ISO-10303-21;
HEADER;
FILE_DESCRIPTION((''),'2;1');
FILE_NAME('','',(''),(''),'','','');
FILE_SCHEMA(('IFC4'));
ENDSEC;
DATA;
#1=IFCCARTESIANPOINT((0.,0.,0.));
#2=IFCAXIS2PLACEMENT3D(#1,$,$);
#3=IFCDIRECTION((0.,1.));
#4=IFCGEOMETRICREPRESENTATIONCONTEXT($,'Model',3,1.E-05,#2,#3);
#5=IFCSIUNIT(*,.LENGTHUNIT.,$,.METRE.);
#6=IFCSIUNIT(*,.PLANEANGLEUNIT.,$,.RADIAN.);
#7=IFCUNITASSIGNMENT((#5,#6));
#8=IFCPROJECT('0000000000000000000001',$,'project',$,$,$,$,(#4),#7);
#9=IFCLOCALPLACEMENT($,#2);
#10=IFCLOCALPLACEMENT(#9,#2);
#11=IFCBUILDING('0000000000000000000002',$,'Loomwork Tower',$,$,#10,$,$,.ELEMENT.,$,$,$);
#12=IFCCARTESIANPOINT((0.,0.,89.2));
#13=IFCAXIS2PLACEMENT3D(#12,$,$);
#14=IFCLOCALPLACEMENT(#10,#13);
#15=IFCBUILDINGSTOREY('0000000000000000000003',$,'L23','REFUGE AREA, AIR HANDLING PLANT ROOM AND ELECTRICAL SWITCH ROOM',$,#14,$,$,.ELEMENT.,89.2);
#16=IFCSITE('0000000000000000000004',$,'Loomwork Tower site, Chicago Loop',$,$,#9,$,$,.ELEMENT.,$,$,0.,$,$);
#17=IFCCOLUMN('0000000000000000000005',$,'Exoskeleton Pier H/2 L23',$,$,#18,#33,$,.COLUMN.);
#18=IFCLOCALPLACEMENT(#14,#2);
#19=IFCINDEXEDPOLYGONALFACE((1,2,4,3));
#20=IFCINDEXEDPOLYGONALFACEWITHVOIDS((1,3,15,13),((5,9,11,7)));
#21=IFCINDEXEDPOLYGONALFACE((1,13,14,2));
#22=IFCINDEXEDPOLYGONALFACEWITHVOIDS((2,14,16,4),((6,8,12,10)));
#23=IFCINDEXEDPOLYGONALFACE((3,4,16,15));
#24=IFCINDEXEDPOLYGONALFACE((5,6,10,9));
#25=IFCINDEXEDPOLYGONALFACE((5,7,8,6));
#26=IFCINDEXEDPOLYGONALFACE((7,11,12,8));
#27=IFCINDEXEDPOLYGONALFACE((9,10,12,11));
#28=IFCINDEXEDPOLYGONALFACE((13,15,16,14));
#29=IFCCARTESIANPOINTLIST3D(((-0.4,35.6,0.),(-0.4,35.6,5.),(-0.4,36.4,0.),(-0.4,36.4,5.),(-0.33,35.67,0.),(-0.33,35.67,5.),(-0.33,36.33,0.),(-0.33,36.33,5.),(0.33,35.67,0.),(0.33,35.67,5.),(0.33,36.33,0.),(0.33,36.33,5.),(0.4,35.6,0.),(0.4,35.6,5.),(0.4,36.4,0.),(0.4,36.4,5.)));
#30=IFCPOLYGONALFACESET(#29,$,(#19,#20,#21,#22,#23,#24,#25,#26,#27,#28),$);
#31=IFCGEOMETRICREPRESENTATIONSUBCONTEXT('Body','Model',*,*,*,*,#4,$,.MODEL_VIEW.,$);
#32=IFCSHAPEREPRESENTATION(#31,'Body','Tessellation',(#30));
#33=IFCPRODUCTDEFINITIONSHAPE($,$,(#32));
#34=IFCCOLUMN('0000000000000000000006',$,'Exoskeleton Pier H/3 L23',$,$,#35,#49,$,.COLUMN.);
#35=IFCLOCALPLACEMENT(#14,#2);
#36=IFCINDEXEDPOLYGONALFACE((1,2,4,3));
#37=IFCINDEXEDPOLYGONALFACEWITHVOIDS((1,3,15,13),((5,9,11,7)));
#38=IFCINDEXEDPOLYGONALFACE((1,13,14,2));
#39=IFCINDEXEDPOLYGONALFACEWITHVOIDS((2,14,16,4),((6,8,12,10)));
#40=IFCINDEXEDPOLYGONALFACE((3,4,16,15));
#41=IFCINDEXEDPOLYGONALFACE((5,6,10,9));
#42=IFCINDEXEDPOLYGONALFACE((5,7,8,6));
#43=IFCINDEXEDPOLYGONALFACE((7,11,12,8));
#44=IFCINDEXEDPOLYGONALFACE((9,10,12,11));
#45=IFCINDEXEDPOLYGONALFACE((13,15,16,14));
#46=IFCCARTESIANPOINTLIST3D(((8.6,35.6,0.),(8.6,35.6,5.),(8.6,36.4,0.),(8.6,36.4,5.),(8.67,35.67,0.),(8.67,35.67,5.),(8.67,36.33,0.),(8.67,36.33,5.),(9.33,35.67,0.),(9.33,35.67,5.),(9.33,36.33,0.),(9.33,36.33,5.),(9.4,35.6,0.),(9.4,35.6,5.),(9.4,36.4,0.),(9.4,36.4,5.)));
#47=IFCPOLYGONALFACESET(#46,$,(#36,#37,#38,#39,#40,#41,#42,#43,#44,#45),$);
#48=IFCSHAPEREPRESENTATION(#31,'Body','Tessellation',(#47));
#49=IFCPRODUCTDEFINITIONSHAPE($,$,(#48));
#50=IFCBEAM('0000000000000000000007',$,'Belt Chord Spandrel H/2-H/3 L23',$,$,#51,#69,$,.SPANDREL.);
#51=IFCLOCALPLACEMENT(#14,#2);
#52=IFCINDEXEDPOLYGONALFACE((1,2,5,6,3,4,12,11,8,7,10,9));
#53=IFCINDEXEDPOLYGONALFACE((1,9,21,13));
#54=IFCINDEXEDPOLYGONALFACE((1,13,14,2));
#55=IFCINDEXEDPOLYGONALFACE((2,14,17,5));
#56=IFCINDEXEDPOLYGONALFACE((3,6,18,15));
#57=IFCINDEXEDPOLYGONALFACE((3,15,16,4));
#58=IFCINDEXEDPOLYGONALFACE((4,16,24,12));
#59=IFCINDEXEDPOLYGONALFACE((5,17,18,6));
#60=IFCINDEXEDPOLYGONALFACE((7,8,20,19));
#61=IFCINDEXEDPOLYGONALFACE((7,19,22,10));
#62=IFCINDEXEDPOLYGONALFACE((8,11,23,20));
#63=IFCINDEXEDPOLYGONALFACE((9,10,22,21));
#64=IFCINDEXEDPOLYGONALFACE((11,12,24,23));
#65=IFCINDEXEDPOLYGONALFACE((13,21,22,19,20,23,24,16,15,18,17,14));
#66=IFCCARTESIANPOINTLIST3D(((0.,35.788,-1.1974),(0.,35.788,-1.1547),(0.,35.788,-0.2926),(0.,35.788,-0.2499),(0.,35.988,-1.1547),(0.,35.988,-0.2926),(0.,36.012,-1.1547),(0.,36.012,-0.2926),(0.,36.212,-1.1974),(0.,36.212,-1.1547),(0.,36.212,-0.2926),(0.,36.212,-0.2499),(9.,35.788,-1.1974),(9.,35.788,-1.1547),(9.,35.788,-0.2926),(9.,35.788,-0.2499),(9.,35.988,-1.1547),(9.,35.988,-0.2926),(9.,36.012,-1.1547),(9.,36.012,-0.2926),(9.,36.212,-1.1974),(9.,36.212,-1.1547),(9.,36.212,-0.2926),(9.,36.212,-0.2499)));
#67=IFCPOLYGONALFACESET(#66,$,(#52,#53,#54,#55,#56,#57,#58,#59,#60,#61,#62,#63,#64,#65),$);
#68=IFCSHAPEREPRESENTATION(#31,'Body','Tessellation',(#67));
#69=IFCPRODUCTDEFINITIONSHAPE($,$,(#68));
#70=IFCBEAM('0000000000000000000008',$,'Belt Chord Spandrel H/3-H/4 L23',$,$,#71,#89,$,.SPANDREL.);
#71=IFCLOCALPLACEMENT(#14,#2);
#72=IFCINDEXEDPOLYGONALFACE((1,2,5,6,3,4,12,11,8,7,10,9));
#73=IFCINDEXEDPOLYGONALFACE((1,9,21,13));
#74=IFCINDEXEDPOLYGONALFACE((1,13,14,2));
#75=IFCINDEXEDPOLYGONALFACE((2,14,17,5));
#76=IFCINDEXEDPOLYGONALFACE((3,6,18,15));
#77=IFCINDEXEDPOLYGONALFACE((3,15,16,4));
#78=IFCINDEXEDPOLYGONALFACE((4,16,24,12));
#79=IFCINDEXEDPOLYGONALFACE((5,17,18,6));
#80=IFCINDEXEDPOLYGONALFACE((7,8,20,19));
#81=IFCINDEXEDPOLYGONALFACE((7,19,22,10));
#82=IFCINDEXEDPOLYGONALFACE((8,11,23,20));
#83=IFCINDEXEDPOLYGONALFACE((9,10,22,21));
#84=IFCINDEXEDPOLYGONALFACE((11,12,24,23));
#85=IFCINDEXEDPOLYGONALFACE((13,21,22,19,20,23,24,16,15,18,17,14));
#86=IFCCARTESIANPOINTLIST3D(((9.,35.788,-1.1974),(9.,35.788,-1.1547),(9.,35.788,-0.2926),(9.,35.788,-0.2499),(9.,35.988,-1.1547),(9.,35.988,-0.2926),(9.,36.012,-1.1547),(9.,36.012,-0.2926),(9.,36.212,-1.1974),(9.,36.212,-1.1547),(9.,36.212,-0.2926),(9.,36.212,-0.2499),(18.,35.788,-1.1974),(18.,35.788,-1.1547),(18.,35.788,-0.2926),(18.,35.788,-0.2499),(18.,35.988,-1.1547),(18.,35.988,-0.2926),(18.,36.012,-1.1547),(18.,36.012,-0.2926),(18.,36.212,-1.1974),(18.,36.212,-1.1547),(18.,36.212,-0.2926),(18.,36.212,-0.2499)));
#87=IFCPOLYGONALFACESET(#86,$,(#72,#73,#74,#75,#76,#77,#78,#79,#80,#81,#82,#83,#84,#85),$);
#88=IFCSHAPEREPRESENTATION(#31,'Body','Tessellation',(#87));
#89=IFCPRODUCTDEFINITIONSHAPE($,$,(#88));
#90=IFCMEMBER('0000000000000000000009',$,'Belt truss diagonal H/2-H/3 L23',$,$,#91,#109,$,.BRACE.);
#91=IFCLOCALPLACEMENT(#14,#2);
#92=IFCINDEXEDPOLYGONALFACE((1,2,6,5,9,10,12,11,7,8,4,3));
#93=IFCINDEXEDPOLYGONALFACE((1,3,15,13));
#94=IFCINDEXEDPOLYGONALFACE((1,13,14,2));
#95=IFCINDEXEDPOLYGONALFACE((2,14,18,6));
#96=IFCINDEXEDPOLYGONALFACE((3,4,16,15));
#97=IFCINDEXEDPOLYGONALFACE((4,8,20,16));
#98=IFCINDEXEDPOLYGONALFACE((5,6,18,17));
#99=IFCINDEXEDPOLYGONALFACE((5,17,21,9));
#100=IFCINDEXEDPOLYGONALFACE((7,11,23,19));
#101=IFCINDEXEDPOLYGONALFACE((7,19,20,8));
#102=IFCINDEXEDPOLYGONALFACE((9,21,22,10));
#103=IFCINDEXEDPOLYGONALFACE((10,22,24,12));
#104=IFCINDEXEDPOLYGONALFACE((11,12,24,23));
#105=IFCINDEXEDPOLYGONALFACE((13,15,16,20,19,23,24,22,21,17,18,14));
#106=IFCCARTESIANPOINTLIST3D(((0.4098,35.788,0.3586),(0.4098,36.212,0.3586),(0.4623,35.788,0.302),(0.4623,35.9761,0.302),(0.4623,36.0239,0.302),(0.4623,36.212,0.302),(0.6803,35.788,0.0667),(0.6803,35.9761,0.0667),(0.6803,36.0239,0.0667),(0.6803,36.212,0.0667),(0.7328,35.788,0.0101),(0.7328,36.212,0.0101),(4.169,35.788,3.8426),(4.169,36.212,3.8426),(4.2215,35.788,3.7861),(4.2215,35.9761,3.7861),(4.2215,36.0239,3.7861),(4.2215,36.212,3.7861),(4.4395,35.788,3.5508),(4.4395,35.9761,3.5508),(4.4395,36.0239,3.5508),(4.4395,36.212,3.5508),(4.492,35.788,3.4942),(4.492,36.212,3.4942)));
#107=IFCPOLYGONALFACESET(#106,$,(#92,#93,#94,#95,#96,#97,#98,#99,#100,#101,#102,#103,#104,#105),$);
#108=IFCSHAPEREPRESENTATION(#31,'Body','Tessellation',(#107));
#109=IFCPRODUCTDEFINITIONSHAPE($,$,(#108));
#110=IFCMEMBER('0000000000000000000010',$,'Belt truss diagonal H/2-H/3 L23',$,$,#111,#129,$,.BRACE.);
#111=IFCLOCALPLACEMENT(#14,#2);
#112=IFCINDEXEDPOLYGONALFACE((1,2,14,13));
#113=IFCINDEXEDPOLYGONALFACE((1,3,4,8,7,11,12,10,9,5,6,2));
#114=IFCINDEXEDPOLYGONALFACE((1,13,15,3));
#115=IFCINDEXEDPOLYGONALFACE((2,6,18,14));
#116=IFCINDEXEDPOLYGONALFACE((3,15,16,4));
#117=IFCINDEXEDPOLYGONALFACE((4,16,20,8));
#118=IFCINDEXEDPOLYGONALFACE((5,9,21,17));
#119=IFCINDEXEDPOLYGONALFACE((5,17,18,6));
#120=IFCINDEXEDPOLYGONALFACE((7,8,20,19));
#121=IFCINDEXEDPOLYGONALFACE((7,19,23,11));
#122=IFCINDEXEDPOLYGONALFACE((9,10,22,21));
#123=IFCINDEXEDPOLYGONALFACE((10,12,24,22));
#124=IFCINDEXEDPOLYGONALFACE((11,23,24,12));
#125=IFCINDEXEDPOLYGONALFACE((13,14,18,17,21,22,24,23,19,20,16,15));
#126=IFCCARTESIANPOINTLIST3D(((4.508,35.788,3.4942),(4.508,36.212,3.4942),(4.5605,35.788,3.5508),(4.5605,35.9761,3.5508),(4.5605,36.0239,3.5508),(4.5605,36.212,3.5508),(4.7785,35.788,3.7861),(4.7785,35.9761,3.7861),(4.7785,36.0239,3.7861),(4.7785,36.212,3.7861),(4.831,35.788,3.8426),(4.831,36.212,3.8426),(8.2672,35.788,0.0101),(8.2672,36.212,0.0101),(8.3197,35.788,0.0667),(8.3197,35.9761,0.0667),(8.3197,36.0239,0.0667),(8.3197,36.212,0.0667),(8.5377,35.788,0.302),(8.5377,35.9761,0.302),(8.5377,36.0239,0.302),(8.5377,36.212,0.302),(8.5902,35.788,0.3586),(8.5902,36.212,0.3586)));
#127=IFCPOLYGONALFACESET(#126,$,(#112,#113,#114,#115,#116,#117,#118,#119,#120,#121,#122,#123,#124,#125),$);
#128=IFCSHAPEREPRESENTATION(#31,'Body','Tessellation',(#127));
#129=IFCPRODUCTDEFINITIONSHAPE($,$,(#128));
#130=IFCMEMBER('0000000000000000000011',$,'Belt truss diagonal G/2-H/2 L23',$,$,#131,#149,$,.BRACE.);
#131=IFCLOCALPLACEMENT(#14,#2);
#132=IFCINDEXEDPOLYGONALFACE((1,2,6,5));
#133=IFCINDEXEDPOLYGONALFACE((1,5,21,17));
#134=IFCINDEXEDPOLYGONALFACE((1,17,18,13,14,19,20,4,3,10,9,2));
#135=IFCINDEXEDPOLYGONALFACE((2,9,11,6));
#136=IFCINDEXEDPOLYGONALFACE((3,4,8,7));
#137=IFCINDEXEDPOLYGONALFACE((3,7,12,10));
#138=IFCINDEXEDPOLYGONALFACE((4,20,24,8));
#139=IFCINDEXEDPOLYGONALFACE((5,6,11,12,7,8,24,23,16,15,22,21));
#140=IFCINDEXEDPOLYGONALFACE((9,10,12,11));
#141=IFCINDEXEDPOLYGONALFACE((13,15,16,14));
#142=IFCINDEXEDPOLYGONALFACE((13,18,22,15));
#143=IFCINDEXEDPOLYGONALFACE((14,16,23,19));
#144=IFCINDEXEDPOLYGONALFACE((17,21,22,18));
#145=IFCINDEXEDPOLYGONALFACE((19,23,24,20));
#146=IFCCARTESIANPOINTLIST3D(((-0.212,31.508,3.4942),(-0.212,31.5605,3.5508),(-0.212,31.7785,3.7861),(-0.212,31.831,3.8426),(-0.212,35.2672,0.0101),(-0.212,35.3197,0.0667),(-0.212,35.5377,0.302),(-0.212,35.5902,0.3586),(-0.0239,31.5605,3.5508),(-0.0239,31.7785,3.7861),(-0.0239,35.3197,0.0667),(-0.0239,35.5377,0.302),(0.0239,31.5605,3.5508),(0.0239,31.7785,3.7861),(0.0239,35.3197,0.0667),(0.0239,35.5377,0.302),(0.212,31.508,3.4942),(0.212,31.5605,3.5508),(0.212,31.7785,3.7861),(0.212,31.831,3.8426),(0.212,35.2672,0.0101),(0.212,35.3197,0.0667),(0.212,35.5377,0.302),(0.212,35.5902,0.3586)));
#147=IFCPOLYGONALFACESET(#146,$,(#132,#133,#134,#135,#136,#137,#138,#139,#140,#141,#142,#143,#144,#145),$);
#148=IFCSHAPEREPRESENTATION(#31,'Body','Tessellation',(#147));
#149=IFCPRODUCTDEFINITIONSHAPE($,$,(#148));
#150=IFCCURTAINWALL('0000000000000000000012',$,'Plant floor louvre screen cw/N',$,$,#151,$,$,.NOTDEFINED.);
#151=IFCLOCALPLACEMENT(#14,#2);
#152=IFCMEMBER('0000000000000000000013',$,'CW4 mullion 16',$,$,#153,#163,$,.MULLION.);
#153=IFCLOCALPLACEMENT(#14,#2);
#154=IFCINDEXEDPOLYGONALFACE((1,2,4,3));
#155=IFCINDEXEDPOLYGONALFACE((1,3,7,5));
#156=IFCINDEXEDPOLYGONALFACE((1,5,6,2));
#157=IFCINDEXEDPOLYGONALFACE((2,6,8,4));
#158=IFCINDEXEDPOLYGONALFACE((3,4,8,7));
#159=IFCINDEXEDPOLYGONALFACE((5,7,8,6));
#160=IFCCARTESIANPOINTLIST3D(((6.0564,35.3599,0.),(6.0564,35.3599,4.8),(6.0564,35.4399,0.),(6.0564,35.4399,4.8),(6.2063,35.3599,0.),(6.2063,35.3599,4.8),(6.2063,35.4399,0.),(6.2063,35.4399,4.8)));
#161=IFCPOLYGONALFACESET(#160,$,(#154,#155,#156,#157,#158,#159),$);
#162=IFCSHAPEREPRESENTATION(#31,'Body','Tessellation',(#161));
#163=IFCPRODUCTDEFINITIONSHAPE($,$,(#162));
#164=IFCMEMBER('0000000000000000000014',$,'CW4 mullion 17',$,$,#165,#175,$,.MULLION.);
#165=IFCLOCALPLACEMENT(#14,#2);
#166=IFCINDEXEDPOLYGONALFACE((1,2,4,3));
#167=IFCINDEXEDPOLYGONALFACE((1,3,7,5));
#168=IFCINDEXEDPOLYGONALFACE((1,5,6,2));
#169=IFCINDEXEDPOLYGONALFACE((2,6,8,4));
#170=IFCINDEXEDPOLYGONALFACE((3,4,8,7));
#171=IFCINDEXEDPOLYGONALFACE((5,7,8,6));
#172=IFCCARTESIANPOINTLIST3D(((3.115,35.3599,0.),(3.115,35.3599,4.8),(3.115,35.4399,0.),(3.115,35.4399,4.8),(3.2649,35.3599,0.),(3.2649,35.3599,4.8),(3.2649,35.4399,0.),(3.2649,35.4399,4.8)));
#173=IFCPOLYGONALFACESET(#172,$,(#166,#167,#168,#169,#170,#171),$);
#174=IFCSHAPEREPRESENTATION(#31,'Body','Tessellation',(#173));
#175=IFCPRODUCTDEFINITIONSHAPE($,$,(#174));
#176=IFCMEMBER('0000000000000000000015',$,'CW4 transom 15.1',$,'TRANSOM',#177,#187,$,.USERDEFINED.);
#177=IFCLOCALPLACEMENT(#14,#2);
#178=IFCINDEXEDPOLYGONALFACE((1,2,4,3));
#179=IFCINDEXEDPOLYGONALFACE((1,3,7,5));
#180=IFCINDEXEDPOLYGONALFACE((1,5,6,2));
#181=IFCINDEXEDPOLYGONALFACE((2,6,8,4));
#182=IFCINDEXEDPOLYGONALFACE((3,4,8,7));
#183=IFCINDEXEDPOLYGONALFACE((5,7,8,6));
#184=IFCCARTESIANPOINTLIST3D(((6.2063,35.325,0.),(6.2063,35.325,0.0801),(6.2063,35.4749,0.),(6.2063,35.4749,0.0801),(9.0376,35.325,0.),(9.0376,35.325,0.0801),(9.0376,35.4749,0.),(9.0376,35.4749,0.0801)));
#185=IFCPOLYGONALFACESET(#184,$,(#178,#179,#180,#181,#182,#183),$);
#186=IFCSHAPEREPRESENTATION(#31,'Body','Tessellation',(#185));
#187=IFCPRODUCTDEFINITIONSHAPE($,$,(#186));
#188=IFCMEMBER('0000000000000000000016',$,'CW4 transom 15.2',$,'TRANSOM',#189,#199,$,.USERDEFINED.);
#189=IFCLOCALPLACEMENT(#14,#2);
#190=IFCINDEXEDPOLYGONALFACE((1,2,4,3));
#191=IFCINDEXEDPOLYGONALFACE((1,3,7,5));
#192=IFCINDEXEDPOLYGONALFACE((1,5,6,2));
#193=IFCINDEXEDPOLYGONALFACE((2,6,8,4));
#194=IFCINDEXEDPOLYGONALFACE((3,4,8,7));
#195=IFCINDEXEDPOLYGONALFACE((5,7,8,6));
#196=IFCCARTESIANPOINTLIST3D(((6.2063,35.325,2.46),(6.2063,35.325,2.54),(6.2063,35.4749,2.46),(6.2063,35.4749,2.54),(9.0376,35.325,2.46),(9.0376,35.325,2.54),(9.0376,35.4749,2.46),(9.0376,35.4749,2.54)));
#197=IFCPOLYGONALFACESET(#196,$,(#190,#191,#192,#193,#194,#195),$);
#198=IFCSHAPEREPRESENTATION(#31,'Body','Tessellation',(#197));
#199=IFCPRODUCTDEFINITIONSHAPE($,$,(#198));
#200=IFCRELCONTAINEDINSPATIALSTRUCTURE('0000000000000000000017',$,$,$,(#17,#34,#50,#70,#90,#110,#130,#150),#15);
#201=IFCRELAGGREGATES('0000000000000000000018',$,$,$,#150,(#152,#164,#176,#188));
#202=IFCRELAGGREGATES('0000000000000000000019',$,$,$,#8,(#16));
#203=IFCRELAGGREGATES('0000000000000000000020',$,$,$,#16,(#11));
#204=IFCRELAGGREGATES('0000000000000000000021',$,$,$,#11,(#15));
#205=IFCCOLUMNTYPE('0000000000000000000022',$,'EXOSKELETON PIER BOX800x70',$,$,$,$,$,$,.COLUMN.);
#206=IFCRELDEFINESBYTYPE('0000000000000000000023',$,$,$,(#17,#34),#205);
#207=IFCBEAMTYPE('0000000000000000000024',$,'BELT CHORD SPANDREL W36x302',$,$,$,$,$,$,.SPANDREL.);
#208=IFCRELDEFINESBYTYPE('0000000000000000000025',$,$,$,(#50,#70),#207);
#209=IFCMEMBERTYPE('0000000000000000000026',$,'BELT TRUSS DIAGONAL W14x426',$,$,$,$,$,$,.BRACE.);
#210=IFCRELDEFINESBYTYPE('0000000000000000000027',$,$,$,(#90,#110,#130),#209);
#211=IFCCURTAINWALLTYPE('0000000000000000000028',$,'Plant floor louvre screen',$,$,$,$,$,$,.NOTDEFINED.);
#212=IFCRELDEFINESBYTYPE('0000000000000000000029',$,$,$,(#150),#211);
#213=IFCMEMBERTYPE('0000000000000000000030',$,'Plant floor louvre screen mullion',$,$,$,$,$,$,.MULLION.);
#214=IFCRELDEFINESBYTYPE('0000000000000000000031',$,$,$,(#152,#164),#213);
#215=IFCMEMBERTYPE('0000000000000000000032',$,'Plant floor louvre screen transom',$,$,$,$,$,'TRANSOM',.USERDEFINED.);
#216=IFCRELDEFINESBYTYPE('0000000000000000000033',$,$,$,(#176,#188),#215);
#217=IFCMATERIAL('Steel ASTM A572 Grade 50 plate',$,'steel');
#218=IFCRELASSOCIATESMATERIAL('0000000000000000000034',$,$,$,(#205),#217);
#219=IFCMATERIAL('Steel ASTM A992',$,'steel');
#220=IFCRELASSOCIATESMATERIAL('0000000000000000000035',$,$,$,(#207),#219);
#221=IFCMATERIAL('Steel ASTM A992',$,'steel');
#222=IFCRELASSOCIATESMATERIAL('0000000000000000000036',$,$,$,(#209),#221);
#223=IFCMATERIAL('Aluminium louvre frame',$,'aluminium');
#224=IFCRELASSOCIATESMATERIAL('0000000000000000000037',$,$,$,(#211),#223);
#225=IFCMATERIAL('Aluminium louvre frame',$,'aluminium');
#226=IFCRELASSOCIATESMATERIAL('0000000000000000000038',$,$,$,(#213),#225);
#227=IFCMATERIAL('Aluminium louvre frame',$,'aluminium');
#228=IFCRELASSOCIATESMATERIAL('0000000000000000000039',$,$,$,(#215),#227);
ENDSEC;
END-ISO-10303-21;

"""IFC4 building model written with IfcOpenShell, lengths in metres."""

from ifc_helpers import new_model, si_unit, direction, frame, origin, origin_2d, place, context, subcontext, project, spatial, rectangle, hollow_rectangle, i_section, extrude, material, material_profile, profile_set, type_object, element, aggregate, save


model = new_model("IFC4")

# Units and contexts
model_context = context("Model", 3, precision=1e-05, world=origin(), true_north=direction((0.0, 1.0)))
body_context = subcontext(model_context, "Body", "Model", "MODEL_VIEW")
ifc_project = project(units=[si_unit("LENGTHUNIT", "METRE"), si_unit("PLANEANGLEUNIT", "RADIAN")], contexts=[model_context])

# Site, building, storey
site_placement = place(None, origin())
site = spatial("IfcSite", under=ifc_project, at=site_placement, Name="Loomwork Tower site, Chicago Loop", CompositionType="ELEMENT", RefElevation=0.0)
building_placement = place(site_placement, origin())
building = spatial("IfcBuilding", under=site, at=building_placement, Name="Loomwork Tower", CompositionType="ELEMENT")
storey_placement = place(building_placement, frame((0.0, 0.0, 89.2)))
storey = spatial("IfcBuildingStorey", under=building, at=storey_placement, Name="L23", Description="REFUGE AREA, AIR HANDLING PLANT ROOM AND ELECTRICAL SWITCH ROOM", CompositionType="ELEMENT", Elevation=89.2)

# Columns
ifc_material_1 = material(Name="Steel ASTM A572 Grade 50 plate", Category="steel")
ifc_material_profile_1 = material_profile(ifc_material_1, hollow_rectangle(XDim=0.8, YDim=0.8, WallThickness=0.0701, at=origin_2d()), Name="BOX800x70")
ifc_profile_set_1 = profile_set([ifc_material_profile_1], Name="Steel ASTM A572 Grade 50 plate")
column_type = type_object("IfcColumnType", Name="EXOSKELETON PIER BOX800x70", PredefinedType="COLUMN", material=ifc_profile_set_1)
for number, where, z_axis, x_axis, name in (
    (1, (0.0, 36.0, 0.0), (0.0, 0.0, 1.0), (1.0, 0.0, 0.0), "Exoskeleton Pier H/2 L23"),
    (2, (9.0, 36.0, 0.0), (0.0, 0.0, 1.0), (1.0, 0.0, 0.0), "Exoskeleton Pier H/3 L23"),
):
    element("IfcColumn", number, at=place(storey_placement, frame(where, z_axis=z_axis, x_axis=x_axis)), inside=storey, type_object=column_type, Name=name, PredefinedType="COLUMN", context=body_context, shape_type="SweptSolid", body=[
        extrude(hollow_rectangle(XDim=0.8, YDim=0.8, WallThickness=0.0701, at=origin_2d()), origin(), (0.0, 0.0, 1.0), 5.0),
    ])

# Beams
ifc_material_2 = material(Name="Steel ASTM A992", Category="steel")
ifc_material_profile_2 = material_profile(ifc_material_2, i_section(OverallWidth=0.4241, OverallDepth=0.9475, WebThickness=0.0239, FlangeThickness=0.0427, at=origin_2d()), Name="W36x302")
ifc_profile_set_2 = profile_set([ifc_material_profile_2], Name="Steel ASTM A992")
beam_type = type_object("IfcBeamType", Name="BELT CHORD SPANDREL W36x302", PredefinedType="SPANDREL", material=ifc_profile_set_2)
for number, where, z_axis, x_axis, name in (
    (3, (0.0, 36.0, -0.7236), (1.0, 0.0, 0.0), (0.0, 1.0, 0.0), "Belt Chord Spandrel H/2-H/3 L23"),
    (4, (9.0, 36.0, -0.7236), (1.0, 0.0, 0.0), (0.0, 1.0, 0.0), "Belt Chord Spandrel H/3-H/4 L23"),
):
    element("IfcBeam", number, at=place(storey_placement, frame(where, z_axis=z_axis, x_axis=x_axis)), inside=storey, type_object=beam_type, Name=name, PredefinedType="SPANDREL", context=body_context, shape_type="SweptSolid", body=[
        extrude(i_section(OverallWidth=0.4241, OverallDepth=0.9475, WebThickness=0.0239, FlangeThickness=0.0427, at=origin_2d()), origin(), (0.0, 0.0, 1.0), 9.0),
    ])

# Members
ifc_material_3 = material(Name="Steel ASTM A992", Category="steel")
ifc_material_profile_3 = material_profile(ifc_material_3, i_section(OverallWidth=0.4241, OverallDepth=0.4751, WebThickness=0.0479, FlangeThickness=0.0771, at=origin_2d()), Name="W14x426")
ifc_profile_set_3 = profile_set([ifc_material_profile_3], Name="Steel ASTM A992")
member_type_1 = type_object("IfcMemberType", Name="BELT TRUSS DIAGONAL W14x426", PredefinedType="BRACE", material=ifc_profile_set_3)
for number, where, z_axis, x_axis, name in (
    (5, (0.5713, 36.0, 0.1843), (0.733438, 0.0, 0.679757), (0.0, 1.0, 0.0), "Belt truss diagonal H/2-H/3 L23"),
    (6, (8.4287, 36.0, 0.1843), (-0.733438, 0.0, 0.679757), (0.0, -1.0, 0.0), "Belt truss diagonal H/2-H/3 L23"),
    (7, (0.0, 35.4287, 0.1843), (0.0, -0.733438, 0.679757), (1.0, 0.0, 0.0), "Belt truss diagonal G/2-H/2 L23"),
):
    element("IfcMember", number, at=place(storey_placement, frame(where, z_axis=z_axis, x_axis=x_axis)), inside=storey, type_object=member_type_1, Name=name, PredefinedType="BRACE", context=body_context, shape_type="SweptSolid", body=[
        extrude(i_section(OverallWidth=0.4241, OverallDepth=0.4751, WebThickness=0.0479, FlangeThickness=0.0771, at=origin_2d()), origin(), (0.0, 0.0, 1.0), 5.1255),
    ])

# Curtain wall, members
ifc_material_4 = material(Name="Aluminium louvre frame", Category="aluminium")
curtain_wall_type = type_object("IfcCurtainWallType", Name="Plant floor louvre screen", PredefinedType="NOTDEFINED", material=ifc_material_4)
curtain_wall_placement = place(storey_placement, origin())
curtain_wall = element("IfcCurtainWall", 8, at=curtain_wall_placement, inside=storey, type_object=curtain_wall_type, Name="Plant floor louvre screen cw/N", PredefinedType="NOTDEFINED")
ifc_material_5 = material(Name="Aluminium louvre frame", Category="aluminium")
ifc_material_profile_4 = material_profile(ifc_material_5, rectangle(XDim=0.0801, YDim=0.1499, at=origin_2d()), Name="AL 80x150")
ifc_profile_set_4 = profile_set([ifc_material_profile_4], Name="Aluminium louvre frame")
member_type_2 = type_object("IfcMemberType", Name="Plant floor louvre screen mullion", PredefinedType="MULLION", material=ifc_profile_set_4)
member_1_placement = place(storey_placement, frame((6.1313, 35.3999, 0.0), z_axis=(0.0, 0.0, 1.0), x_axis=(0.0, -1.0, 0.0)))
member_1 = element("IfcMember", 9, at=member_1_placement, type_object=member_type_2, Name="CW4 mullion 16", PredefinedType="MULLION", context=body_context, shape_type="SweptSolid", body=[
    extrude(rectangle(XDim=0.0801, YDim=0.1499, at=origin_2d()), origin(), (0.0, 0.0, 1.0), 4.8),
])
member_2_placement = place(storey_placement, frame((3.1899, 35.3999, 0.0), z_axis=(0.0, 0.0, 1.0), x_axis=(0.0, -1.0, 0.0)))
member_2 = element("IfcMember", 10, at=member_2_placement, type_object=member_type_2, Name="CW4 mullion 17", PredefinedType="MULLION", context=body_context, shape_type="SweptSolid", body=[
    extrude(rectangle(XDim=0.0801, YDim=0.1499, at=origin_2d()), origin(), (0.0, 0.0, 1.0), 4.8),
])
ifc_material_6 = material(Name="Aluminium louvre frame", Category="aluminium")
ifc_material_profile_5 = material_profile(ifc_material_6, rectangle(XDim=0.1499, YDim=0.0801, at=origin_2d()), Name="AL 80x150")
ifc_profile_set_5 = profile_set([ifc_material_profile_5], Name="Aluminium louvre frame")
member_type_3 = type_object("IfcMemberType", Name="Plant floor louvre screen transom", ElementType="TRANSOM", PredefinedType="USERDEFINED", material=ifc_profile_set_5)
member_3_placement = place(storey_placement, frame((9.0376, 35.3999, 0.04), z_axis=(-1.0, 0.0, 0.0), x_axis=(0.0, -1.0, 0.0)))
member_3 = element("IfcMember", 11, at=member_3_placement, type_object=member_type_3, Name="CW4 transom 15.1", ObjectType="TRANSOM", PredefinedType="USERDEFINED", context=body_context, shape_type="SweptSolid", body=[
    extrude(rectangle(XDim=0.1499, YDim=0.0801, at=origin_2d()), origin(), (0.0, 0.0, 1.0), 2.8313),
])
member_4_placement = place(storey_placement, frame((9.0376, 35.3999, 2.5), z_axis=(-1.0, 0.0, 0.0), x_axis=(0.0, -1.0, 0.0)))
member_4 = element("IfcMember", 12, at=member_4_placement, type_object=member_type_3, Name="CW4 transom 15.2", ObjectType="TRANSOM", PredefinedType="USERDEFINED", context=body_context, shape_type="SweptSolid", body=[
    extrude(rectangle(XDim=0.1499, YDim=0.0801, at=origin_2d()), origin(), (0.0, 0.0, 1.0), 2.8313),
])
aggregate(curtain_wall, [member_1, member_2, member_3, member_4])

save(model, "model.ifc")
